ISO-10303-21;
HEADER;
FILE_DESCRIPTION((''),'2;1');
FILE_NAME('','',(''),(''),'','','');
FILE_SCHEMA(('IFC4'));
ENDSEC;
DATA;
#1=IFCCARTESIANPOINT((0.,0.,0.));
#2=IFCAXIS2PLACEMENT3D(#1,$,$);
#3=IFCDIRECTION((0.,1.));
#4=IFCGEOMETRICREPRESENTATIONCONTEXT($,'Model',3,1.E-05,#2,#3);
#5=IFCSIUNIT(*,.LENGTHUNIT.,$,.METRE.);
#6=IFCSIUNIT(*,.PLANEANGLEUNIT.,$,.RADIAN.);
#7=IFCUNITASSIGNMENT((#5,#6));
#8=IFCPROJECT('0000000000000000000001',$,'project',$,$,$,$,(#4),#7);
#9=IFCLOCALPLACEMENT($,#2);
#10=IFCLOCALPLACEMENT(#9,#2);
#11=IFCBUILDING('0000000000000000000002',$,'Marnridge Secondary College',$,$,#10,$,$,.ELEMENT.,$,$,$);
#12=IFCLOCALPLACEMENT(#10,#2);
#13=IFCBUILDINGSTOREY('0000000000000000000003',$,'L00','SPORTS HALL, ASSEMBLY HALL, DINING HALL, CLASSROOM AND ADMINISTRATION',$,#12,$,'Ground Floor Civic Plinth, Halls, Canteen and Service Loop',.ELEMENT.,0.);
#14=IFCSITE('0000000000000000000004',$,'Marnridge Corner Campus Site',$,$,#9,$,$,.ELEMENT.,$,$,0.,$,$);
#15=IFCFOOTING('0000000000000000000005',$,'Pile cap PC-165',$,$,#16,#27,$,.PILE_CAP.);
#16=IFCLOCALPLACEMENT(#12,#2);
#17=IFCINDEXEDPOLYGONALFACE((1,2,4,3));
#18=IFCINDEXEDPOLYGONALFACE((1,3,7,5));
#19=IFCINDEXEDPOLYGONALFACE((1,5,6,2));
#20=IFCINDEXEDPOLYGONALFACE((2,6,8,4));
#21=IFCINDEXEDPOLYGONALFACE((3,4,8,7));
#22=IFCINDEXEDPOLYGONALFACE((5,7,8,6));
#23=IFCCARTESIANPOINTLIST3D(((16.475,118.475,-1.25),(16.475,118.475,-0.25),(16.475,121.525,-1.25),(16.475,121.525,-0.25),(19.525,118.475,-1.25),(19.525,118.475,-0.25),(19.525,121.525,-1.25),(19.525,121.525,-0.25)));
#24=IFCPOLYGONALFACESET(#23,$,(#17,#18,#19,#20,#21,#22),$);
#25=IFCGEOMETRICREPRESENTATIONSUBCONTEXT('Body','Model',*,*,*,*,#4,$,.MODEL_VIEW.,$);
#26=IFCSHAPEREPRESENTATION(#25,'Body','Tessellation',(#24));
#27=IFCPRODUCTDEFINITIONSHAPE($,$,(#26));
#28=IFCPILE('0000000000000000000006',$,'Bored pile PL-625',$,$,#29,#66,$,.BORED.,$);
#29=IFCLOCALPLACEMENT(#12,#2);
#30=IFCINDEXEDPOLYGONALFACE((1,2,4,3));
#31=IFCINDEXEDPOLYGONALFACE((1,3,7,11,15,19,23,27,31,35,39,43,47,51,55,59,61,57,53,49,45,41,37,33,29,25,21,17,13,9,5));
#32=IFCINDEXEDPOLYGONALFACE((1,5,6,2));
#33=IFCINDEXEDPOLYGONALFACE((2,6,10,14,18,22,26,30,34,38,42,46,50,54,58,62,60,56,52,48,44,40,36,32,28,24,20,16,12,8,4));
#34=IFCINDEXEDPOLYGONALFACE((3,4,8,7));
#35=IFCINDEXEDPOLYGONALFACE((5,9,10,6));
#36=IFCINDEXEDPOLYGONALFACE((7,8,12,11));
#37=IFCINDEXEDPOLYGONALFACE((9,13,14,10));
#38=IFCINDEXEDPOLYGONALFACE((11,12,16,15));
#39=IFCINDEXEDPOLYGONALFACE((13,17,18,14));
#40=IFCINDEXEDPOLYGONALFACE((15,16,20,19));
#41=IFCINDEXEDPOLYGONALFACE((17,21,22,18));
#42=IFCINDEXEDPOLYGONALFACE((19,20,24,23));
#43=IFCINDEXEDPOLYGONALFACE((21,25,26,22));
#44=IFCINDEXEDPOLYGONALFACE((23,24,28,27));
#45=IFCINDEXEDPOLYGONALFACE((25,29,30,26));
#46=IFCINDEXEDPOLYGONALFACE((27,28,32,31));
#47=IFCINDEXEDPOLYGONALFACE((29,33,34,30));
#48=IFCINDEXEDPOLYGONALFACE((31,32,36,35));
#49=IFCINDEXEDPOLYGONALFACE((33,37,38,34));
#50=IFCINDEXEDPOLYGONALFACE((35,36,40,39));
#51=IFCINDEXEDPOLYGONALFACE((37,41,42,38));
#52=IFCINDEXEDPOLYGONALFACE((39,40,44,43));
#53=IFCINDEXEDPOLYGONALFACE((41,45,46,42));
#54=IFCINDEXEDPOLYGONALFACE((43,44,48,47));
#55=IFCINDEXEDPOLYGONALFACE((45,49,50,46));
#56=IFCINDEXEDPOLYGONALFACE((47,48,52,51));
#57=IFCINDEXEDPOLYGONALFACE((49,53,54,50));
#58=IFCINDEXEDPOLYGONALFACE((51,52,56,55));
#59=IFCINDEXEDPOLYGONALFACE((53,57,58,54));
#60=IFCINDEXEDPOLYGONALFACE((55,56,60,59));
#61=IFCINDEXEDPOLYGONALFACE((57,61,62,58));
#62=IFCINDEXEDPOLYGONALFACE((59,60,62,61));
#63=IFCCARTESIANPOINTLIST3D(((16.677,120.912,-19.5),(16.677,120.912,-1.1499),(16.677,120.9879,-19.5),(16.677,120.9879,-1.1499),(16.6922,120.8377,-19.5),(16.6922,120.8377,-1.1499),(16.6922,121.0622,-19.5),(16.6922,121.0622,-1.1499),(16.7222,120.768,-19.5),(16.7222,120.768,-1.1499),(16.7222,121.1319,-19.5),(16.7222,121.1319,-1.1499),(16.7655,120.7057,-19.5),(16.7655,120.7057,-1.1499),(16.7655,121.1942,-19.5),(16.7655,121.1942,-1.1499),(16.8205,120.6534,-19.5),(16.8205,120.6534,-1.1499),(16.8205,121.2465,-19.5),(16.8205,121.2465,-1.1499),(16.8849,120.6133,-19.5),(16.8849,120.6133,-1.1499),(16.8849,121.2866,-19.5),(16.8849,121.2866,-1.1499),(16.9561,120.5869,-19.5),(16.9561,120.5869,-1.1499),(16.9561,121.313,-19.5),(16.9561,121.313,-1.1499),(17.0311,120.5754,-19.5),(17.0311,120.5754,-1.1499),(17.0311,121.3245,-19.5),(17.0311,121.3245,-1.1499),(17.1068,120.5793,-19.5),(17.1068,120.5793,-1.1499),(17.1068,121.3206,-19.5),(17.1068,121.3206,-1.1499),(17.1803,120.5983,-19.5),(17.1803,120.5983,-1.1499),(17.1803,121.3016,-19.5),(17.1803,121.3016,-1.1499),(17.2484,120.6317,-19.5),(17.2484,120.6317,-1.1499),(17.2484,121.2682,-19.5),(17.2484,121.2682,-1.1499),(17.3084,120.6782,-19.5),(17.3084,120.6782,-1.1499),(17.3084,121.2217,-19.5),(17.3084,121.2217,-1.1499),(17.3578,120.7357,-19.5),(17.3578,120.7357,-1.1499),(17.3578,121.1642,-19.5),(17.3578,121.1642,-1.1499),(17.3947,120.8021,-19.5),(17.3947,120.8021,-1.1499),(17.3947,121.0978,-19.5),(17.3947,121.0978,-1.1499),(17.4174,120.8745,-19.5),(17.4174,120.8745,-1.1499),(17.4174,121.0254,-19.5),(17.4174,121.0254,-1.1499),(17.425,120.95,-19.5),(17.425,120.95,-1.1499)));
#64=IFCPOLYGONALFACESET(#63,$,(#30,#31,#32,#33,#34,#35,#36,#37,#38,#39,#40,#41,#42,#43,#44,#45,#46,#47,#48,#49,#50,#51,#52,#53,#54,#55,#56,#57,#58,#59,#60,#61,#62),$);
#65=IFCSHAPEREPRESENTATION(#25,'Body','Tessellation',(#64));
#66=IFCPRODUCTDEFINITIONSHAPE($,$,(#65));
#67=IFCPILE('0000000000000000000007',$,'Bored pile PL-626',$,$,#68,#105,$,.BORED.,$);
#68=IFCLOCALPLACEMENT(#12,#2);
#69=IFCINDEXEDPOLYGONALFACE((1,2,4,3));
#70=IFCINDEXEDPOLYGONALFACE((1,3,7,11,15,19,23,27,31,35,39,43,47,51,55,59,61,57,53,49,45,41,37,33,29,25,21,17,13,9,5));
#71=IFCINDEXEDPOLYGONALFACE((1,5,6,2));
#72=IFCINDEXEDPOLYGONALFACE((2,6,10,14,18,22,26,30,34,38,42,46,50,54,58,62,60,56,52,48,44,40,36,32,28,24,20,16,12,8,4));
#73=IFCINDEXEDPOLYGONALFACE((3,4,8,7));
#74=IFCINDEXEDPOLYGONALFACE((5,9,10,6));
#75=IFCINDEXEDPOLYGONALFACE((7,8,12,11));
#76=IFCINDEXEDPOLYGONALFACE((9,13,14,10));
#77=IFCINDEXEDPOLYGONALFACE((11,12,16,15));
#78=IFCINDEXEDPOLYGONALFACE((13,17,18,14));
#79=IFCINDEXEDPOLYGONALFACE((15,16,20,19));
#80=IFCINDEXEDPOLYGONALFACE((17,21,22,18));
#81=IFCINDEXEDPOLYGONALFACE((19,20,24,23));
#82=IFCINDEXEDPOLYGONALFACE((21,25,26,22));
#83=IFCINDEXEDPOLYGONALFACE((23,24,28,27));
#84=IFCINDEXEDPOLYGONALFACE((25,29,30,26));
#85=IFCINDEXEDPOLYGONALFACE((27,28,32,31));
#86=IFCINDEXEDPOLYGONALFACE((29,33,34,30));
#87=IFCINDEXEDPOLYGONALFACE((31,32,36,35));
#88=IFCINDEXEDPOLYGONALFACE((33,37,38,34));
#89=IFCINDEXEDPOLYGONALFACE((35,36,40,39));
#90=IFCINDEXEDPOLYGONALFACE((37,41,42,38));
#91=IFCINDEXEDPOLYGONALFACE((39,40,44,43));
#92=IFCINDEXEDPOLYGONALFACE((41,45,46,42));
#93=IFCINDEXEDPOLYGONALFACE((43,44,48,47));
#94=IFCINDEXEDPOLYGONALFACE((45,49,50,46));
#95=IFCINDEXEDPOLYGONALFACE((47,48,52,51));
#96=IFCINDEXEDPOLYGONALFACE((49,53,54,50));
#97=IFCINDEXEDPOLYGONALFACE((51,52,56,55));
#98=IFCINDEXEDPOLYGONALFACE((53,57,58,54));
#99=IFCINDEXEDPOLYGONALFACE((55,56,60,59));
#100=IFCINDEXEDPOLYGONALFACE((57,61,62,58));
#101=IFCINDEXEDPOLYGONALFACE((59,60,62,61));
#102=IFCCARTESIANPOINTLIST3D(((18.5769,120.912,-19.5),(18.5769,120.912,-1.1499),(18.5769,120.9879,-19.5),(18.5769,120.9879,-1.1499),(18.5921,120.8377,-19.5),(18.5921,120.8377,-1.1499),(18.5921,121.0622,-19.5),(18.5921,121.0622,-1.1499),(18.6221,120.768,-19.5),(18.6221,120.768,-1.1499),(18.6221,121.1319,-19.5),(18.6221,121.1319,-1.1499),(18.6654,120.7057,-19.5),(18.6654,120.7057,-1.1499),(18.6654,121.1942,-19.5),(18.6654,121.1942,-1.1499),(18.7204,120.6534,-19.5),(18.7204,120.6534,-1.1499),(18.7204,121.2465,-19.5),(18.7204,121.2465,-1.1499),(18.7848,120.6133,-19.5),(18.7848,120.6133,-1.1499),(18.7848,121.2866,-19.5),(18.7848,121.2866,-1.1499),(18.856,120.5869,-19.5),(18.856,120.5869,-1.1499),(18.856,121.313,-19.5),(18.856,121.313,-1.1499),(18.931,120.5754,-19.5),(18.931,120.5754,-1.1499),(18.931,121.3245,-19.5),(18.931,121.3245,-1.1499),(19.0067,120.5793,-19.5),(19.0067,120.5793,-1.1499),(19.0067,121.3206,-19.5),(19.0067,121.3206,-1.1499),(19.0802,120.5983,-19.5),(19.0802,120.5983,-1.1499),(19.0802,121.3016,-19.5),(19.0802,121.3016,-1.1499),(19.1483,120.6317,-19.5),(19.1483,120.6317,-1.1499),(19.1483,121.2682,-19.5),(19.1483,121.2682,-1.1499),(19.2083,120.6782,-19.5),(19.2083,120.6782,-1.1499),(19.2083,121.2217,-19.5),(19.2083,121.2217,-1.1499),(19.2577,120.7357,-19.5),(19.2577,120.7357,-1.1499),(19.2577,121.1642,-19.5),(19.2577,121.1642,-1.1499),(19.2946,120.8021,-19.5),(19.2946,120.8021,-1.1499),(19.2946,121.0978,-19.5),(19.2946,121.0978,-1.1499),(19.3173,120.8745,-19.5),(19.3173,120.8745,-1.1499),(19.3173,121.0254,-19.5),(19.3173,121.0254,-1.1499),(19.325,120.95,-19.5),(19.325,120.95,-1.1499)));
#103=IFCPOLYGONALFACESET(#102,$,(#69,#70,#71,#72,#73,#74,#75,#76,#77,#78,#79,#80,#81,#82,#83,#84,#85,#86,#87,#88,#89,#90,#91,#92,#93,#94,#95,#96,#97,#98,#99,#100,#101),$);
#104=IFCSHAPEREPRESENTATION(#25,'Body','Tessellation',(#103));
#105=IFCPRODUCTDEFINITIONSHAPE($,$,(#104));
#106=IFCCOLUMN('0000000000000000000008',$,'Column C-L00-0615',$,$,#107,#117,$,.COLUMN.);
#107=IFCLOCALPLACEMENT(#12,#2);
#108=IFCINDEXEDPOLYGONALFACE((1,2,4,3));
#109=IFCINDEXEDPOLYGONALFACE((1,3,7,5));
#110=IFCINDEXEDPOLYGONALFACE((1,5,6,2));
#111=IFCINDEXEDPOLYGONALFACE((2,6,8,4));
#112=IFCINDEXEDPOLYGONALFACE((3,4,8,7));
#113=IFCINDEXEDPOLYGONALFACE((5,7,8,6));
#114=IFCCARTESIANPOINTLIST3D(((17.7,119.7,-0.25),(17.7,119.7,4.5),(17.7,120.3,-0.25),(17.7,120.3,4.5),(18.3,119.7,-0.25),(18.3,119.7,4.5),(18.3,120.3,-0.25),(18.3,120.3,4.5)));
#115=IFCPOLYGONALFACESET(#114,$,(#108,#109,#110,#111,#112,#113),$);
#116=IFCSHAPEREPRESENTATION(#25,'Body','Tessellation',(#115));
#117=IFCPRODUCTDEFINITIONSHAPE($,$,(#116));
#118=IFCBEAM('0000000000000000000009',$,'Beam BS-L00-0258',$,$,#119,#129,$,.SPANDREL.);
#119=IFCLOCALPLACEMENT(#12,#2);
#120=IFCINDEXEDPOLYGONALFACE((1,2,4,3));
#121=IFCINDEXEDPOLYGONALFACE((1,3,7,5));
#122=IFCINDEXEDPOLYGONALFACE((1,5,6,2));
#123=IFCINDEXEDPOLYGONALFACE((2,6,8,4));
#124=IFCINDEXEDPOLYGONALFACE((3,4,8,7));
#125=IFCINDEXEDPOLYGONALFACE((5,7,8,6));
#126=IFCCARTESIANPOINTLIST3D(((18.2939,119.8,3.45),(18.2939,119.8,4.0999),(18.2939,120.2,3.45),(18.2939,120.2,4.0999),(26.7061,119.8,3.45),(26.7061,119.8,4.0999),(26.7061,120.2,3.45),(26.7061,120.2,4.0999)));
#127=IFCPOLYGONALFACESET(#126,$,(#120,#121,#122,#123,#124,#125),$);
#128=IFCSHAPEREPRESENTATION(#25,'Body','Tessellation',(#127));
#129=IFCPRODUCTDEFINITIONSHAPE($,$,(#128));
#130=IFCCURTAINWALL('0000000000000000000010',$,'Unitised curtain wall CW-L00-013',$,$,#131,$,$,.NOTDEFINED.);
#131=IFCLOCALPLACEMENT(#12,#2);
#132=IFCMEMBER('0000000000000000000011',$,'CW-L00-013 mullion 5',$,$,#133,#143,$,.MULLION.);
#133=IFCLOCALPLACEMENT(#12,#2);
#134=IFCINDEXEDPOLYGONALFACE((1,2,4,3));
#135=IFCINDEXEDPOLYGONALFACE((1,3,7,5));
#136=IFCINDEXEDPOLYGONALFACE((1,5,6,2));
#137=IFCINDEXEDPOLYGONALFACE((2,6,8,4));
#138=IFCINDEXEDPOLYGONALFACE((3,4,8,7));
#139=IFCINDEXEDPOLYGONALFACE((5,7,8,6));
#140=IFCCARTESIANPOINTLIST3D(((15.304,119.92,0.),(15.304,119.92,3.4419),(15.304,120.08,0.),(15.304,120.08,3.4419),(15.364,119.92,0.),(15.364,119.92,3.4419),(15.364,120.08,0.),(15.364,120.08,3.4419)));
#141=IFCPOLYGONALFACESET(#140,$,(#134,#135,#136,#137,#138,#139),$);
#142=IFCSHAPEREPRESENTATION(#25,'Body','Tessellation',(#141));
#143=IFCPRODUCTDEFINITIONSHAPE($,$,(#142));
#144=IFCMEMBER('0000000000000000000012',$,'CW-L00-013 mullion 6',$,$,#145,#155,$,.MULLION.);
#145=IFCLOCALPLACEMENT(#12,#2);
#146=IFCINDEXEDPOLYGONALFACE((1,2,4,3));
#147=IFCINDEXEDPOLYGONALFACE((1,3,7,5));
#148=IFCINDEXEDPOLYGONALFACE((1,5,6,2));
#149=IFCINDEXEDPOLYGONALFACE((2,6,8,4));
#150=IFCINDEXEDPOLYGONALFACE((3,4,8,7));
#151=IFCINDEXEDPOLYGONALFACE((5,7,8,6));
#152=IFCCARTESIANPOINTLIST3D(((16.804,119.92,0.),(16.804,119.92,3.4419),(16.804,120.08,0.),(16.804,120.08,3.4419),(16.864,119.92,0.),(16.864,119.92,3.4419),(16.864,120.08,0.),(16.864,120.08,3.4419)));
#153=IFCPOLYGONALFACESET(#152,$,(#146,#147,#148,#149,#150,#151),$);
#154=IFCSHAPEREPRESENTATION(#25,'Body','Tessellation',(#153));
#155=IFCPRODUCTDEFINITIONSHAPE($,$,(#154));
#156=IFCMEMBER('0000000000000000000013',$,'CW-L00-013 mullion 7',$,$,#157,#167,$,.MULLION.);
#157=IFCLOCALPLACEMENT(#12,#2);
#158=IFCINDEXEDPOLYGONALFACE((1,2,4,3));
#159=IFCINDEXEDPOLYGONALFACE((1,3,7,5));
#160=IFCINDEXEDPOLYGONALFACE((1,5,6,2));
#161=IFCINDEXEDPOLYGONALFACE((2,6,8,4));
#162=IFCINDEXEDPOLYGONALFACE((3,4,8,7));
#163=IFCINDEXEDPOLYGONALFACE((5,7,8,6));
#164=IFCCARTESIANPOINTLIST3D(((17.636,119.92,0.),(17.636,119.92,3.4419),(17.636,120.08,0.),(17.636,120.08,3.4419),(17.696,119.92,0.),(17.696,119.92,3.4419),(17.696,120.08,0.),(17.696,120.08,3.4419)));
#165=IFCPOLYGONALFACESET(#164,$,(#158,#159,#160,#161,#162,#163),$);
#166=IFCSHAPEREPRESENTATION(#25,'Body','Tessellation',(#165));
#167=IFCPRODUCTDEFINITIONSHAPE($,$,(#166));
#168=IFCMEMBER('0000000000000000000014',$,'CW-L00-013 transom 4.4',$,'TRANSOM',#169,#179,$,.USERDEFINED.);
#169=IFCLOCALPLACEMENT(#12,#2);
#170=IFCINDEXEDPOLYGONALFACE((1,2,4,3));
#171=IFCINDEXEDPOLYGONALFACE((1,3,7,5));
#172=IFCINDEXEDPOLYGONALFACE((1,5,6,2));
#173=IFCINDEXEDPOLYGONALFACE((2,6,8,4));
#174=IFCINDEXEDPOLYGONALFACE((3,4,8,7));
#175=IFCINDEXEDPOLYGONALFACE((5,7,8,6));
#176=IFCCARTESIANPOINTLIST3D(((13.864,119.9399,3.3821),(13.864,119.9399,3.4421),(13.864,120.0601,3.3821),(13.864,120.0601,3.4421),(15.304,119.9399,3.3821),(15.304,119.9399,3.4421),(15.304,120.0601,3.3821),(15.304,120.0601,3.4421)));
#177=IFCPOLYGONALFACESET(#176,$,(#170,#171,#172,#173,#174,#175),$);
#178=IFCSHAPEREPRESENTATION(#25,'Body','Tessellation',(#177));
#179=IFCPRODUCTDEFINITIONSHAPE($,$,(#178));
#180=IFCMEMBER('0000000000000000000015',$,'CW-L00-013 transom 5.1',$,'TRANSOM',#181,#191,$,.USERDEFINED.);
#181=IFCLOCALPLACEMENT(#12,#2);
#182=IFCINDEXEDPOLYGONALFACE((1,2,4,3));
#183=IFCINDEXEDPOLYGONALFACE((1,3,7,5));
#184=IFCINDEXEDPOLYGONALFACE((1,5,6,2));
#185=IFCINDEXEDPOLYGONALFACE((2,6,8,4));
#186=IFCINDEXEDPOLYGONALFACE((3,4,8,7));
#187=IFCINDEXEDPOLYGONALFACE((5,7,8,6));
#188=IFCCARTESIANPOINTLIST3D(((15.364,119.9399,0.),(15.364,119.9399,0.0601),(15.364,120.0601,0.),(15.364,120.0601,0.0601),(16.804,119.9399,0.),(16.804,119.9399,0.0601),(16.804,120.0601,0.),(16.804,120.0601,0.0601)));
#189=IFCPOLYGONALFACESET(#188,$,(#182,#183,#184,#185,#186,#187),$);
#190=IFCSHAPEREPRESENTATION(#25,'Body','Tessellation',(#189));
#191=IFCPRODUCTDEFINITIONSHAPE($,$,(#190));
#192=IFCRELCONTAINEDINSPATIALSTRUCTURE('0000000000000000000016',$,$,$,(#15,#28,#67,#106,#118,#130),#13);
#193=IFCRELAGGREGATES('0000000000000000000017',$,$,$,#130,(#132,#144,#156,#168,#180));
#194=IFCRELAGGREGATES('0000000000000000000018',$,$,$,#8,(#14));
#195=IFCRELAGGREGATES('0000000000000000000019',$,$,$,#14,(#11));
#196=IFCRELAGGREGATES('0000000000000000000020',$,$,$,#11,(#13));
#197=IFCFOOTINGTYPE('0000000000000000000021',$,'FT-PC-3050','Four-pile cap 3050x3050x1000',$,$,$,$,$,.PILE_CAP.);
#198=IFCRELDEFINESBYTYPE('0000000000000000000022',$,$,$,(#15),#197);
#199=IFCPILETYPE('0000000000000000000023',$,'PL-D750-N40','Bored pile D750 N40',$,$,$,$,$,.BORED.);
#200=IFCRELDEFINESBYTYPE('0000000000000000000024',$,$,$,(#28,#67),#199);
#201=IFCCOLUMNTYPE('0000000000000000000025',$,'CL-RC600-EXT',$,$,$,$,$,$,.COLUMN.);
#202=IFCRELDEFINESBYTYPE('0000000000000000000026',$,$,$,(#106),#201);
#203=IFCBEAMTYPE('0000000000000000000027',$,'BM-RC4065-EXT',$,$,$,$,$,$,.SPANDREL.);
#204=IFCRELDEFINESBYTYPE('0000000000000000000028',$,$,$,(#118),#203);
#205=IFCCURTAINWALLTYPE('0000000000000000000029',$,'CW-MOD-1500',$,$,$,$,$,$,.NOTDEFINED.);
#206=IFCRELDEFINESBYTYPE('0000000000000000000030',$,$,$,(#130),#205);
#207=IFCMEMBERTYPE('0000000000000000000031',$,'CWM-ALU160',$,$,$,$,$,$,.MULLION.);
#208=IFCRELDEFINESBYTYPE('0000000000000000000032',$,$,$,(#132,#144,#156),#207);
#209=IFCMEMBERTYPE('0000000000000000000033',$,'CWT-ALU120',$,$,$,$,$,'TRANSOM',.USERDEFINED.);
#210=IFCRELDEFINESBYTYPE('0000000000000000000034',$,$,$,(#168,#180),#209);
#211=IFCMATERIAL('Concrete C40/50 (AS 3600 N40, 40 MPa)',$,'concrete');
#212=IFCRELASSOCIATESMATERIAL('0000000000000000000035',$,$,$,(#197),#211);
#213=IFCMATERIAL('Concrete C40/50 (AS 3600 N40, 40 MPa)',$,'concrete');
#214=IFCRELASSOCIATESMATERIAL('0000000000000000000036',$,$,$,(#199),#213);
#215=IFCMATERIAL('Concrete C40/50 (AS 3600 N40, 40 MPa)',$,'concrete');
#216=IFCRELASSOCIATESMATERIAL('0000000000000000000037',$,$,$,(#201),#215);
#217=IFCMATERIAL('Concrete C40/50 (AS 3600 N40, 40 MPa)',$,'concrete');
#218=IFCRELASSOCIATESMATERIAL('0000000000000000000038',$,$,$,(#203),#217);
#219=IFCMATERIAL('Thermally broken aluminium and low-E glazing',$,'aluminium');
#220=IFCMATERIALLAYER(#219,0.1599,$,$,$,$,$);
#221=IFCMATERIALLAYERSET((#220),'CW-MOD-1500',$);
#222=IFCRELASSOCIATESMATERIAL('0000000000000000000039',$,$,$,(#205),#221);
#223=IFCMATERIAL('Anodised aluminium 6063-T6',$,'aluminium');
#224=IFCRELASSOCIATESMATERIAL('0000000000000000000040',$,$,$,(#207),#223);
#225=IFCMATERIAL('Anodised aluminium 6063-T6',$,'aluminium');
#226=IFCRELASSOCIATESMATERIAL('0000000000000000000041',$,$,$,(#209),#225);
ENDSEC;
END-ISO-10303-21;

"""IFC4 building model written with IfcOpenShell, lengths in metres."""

from ifc_helpers import new_model, si_unit, direction, frame, origin, origin_2d, place, context, subcontext, project, spatial, rectangle, circle, extrude, material, layer, layer_set, material_profile, profile_set, type_object, element, aggregate, save


model = new_model("IFC4")

# Units and contexts
model_context = context("Model", 3, precision=1e-05, world=origin(), true_north=direction((0.0, 1.0)))
body_context = subcontext(model_context, "Body", "Model", "MODEL_VIEW")
ifc_project = project(units=[si_unit("LENGTHUNIT", "METRE"), si_unit("PLANEANGLEUNIT", "RADIAN")], contexts=[model_context])

# Site, building, storey
site_placement = place(None, origin())
site = spatial("IfcSite", under=ifc_project, at=site_placement, Name="Marnridge Corner Campus Site", CompositionType="ELEMENT", RefElevation=0.0)
building_placement = place(site_placement, origin())
building = spatial("IfcBuilding", under=site, at=building_placement, Name="Marnridge Secondary College", CompositionType="ELEMENT")
storey_placement = place(building_placement, origin())
storey = spatial("IfcBuildingStorey", under=building, at=storey_placement, Name="L00", Description="SPORTS HALL, ASSEMBLY HALL, DINING HALL, CLASSROOM AND ADMINISTRATION", LongName="Ground Floor Civic Plinth, Halls, Canteen and Service Loop", CompositionType="ELEMENT", Elevation=0.0)

# Footing
ifc_material_1 = material(Name="Concrete C40/50 (AS 3600 N40, 40 MPa)", Category="concrete")
footing_type = type_object("IfcFootingType", Name="FT-PC-3050", Description="Four-pile cap 3050x3050x1000", PredefinedType="PILE_CAP", material=ifc_material_1)
footing_placement = place(storey_placement, frame((18.0, 120.0, -1.25), z_axis=(0.0, 0.0, 1.0), x_axis=(1.0, 0.0, 0.0)))
element("IfcFooting", 1, at=footing_placement, inside=storey, type_object=footing_type, Name="Pile cap PC-165", PredefinedType="PILE_CAP", context=body_context, shape_type="SweptSolid", body=[
    extrude(rectangle(XDim=3.05, YDim=3.05, at=origin_2d()), origin(), (0.0, 0.0, 1.0), 1.0),
])

# Piles
ifc_material_2 = material(Name="Concrete C40/50 (AS 3600 N40, 40 MPa)", Category="concrete")
ifc_material_profile_1 = material_profile(ifc_material_2, circle(Radius=0.375, at=origin_2d()), Name="PILE D750")
ifc_profile_set_1 = profile_set([ifc_material_profile_1], Name="Concrete C40/50 (AS 3600 N40, 40 MPa)")
pile_type = type_object("IfcPileType", Name="PL-D750-N40", Description="Bored pile D750 N40", PredefinedType="BORED", material=ifc_profile_set_1)
for number, where, z_axis, x_axis, name in (
    (2, (17.05, 120.95, -1.1499), (0.0, 0.0, -1.0), (1.0, 0.0, 0.0), "Bored pile PL-625"),
    (3, (18.95, 120.95, -1.1499), (0.0, 0.0, -1.0), (1.0, 0.0, 0.0), "Bored pile PL-626"),
):
    element("IfcPile", number, at=place(storey_placement, frame(where, z_axis=z_axis, x_axis=x_axis)), inside=storey, type_object=pile_type, Name=name, PredefinedType="BORED", context=body_context, shape_type="SweptSolid", body=[
        extrude(circle(Radius=0.375, at=origin_2d()), origin(), (0.0, 0.0, 1.0), 18.3501),
    ])

# Column
ifc_material_3 = material(Name="Concrete C40/50 (AS 3600 N40, 40 MPa)", Category="concrete")
ifc_material_profile_2 = material_profile(ifc_material_3, rectangle(XDim=0.6001, YDim=0.6001, at=origin_2d()), Name="RC 600x600")
ifc_profile_set_2 = profile_set([ifc_material_profile_2], Name="Concrete C40/50 (AS 3600 N40, 40 MPa)")
column_type = type_object("IfcColumnType", Name="CL-RC600-EXT", PredefinedType="COLUMN", material=ifc_profile_set_2)
column_placement = place(storey_placement, frame((18.0, 120.0, -0.25), z_axis=(0.0, 0.0, 1.0), x_axis=(1.0, 0.0, 0.0)))
element("IfcColumn", 4, at=column_placement, inside=storey, type_object=column_type, Name="Column C-L00-0615", PredefinedType="COLUMN", context=body_context, shape_type="SweptSolid", body=[
    extrude(rectangle(XDim=0.6001, YDim=0.6001, at=origin_2d()), origin(), (0.0, 0.0, 1.0), 4.75),
])

# Beam
ifc_material_4 = material(Name="Concrete C40/50 (AS 3600 N40, 40 MPa)", Category="concrete")
ifc_material_profile_3 = material_profile(ifc_material_4, rectangle(XDim=0.3999, YDim=0.6499, at=origin_2d()), Name="RC 400x650")
ifc_profile_set_3 = profile_set([ifc_material_profile_3], Name="Concrete C40/50 (AS 3600 N40, 40 MPa)")
beam_type = type_object("IfcBeamType", Name="BM-RC4065-EXT", PredefinedType="SPANDREL", material=ifc_profile_set_3)
beam_placement = place(storey_placement, frame((18.2939, 120.0, 3.7749), z_axis=(1.0, 0.0, 0.0), x_axis=(0.0, 1.0, 0.0)))
element("IfcBeam", 5, at=beam_placement, inside=storey, type_object=beam_type, Name="Beam BS-L00-0258", PredefinedType="SPANDREL", context=body_context, shape_type="SweptSolid", body=[
    extrude(rectangle(XDim=0.3999, YDim=0.6499, at=origin_2d()), origin(), (0.0, 0.0, 1.0), 8.4121),
])

# Curtain wall, members
ifc_material_5 = material(Name="Thermally broken aluminium and low-E glazing", Category="aluminium")
ifc_layer_1 = layer(ifc_material_5, 0.1599)
ifc_layer_set_1 = layer_set([ifc_layer_1], Name="CW-MOD-1500")
curtain_wall_type = type_object("IfcCurtainWallType", Name="CW-MOD-1500", PredefinedType="NOTDEFINED", material=ifc_layer_set_1)
curtain_wall_placement = place(storey_placement, origin())
curtain_wall = element("IfcCurtainWall", 6, at=curtain_wall_placement, inside=storey, type_object=curtain_wall_type, Name="Unitised curtain wall CW-L00-013", PredefinedType="NOTDEFINED")
ifc_material_6 = material(Name="Anodised aluminium 6063-T6", Category="aluminium")
ifc_material_profile_4 = material_profile(ifc_material_6, rectangle(XDim=0.0601, YDim=0.1599, at=origin_2d()), Name="ALU 60x160")
ifc_profile_set_4 = profile_set([ifc_material_profile_4], Name="Anodised aluminium 6063-T6")
member_type_1 = type_object("IfcMemberType", Name="CWM-ALU160", PredefinedType="MULLION", material=ifc_profile_set_4)
member_1_placement = place(storey_placement, frame((15.334, 120.0, 0.0), z_axis=(0.0, 0.0, 1.0), x_axis=(1.0, 0.0, 0.0)))
member_1 = element("IfcMember", 7, at=member_1_placement, type_object=member_type_1, Name="CW-L00-013 mullion 5", PredefinedType="MULLION", context=body_context, shape_type="SweptSolid", body=[
    extrude(rectangle(XDim=0.0601, YDim=0.1599, at=origin_2d()), origin(), (0.0, 0.0, 1.0), 3.4419),
])
member_2_placement = place(storey_placement, frame((16.834, 120.0, 0.0), z_axis=(0.0, 0.0, 1.0), x_axis=(1.0, 0.0, 0.0)))
member_2 = element("IfcMember", 8, at=member_2_placement, type_object=member_type_1, Name="CW-L00-013 mullion 6", PredefinedType="MULLION", context=body_context, shape_type="SweptSolid", body=[
    extrude(rectangle(XDim=0.0601, YDim=0.1599, at=origin_2d()), origin(), (0.0, 0.0, 1.0), 3.4419),
])
member_3_placement = place(storey_placement, frame((17.666, 120.0, 0.0), z_axis=(0.0, 0.0, 1.0), x_axis=(1.0, 0.0, 0.0)))
member_3 = element("IfcMember", 9, at=member_3_placement, type_object=member_type_1, Name="CW-L00-013 mullion 7", PredefinedType="MULLION", context=body_context, shape_type="SweptSolid", body=[
    extrude(rectangle(XDim=0.0601, YDim=0.1599, at=origin_2d()), origin(), (0.0, 0.0, 1.0), 3.4419),
])
ifc_material_7 = material(Name="Anodised aluminium 6063-T6", Category="aluminium")
ifc_material_profile_5 = material_profile(ifc_material_7, rectangle(XDim=0.0601, YDim=0.1201, at=origin_2d()), Name="ALU 60x120")
ifc_profile_set_5 = profile_set([ifc_material_profile_5], Name="Anodised aluminium 6063-T6")
member_type_2 = type_object("IfcMemberType", Name="CWT-ALU120", ElementType="TRANSOM", PredefinedType="USERDEFINED", material=ifc_profile_set_5)
member_4_placement = place(storey_placement, frame((13.864, 120.0, 3.4121), z_axis=(1.0, 0.0, 0.0), x_axis=(0.0, 0.0, 1.0)))
member_4 = element("IfcMember", 10, at=member_4_placement, type_object=member_type_2, Name="CW-L00-013 transom 4.4", ObjectType="TRANSOM", PredefinedType="USERDEFINED", context=body_context, shape_type="SweptSolid", body=[
    extrude(rectangle(XDim=0.0601, YDim=0.1201, at=origin_2d()), origin(), (0.0, 0.0, 1.0), 1.4399),
])
member_5_placement = place(storey_placement, frame((15.364, 120.0, 0.03), z_axis=(1.0, 0.0, 0.0), x_axis=(0.0, 0.0, 1.0)))
member_5 = element("IfcMember", 11, at=member_5_placement, type_object=member_type_2, Name="CW-L00-013 transom 5.1", ObjectType="TRANSOM", PredefinedType="USERDEFINED", context=body_context, shape_type="SweptSolid", body=[
    extrude(rectangle(XDim=0.0601, YDim=0.1201, at=origin_2d()), origin(), (0.0, 0.0, 1.0), 1.4399),
])
aggregate(curtain_wall, [member_1, member_2, member_3, member_4, member_5])

save(model, "model.ifc")
